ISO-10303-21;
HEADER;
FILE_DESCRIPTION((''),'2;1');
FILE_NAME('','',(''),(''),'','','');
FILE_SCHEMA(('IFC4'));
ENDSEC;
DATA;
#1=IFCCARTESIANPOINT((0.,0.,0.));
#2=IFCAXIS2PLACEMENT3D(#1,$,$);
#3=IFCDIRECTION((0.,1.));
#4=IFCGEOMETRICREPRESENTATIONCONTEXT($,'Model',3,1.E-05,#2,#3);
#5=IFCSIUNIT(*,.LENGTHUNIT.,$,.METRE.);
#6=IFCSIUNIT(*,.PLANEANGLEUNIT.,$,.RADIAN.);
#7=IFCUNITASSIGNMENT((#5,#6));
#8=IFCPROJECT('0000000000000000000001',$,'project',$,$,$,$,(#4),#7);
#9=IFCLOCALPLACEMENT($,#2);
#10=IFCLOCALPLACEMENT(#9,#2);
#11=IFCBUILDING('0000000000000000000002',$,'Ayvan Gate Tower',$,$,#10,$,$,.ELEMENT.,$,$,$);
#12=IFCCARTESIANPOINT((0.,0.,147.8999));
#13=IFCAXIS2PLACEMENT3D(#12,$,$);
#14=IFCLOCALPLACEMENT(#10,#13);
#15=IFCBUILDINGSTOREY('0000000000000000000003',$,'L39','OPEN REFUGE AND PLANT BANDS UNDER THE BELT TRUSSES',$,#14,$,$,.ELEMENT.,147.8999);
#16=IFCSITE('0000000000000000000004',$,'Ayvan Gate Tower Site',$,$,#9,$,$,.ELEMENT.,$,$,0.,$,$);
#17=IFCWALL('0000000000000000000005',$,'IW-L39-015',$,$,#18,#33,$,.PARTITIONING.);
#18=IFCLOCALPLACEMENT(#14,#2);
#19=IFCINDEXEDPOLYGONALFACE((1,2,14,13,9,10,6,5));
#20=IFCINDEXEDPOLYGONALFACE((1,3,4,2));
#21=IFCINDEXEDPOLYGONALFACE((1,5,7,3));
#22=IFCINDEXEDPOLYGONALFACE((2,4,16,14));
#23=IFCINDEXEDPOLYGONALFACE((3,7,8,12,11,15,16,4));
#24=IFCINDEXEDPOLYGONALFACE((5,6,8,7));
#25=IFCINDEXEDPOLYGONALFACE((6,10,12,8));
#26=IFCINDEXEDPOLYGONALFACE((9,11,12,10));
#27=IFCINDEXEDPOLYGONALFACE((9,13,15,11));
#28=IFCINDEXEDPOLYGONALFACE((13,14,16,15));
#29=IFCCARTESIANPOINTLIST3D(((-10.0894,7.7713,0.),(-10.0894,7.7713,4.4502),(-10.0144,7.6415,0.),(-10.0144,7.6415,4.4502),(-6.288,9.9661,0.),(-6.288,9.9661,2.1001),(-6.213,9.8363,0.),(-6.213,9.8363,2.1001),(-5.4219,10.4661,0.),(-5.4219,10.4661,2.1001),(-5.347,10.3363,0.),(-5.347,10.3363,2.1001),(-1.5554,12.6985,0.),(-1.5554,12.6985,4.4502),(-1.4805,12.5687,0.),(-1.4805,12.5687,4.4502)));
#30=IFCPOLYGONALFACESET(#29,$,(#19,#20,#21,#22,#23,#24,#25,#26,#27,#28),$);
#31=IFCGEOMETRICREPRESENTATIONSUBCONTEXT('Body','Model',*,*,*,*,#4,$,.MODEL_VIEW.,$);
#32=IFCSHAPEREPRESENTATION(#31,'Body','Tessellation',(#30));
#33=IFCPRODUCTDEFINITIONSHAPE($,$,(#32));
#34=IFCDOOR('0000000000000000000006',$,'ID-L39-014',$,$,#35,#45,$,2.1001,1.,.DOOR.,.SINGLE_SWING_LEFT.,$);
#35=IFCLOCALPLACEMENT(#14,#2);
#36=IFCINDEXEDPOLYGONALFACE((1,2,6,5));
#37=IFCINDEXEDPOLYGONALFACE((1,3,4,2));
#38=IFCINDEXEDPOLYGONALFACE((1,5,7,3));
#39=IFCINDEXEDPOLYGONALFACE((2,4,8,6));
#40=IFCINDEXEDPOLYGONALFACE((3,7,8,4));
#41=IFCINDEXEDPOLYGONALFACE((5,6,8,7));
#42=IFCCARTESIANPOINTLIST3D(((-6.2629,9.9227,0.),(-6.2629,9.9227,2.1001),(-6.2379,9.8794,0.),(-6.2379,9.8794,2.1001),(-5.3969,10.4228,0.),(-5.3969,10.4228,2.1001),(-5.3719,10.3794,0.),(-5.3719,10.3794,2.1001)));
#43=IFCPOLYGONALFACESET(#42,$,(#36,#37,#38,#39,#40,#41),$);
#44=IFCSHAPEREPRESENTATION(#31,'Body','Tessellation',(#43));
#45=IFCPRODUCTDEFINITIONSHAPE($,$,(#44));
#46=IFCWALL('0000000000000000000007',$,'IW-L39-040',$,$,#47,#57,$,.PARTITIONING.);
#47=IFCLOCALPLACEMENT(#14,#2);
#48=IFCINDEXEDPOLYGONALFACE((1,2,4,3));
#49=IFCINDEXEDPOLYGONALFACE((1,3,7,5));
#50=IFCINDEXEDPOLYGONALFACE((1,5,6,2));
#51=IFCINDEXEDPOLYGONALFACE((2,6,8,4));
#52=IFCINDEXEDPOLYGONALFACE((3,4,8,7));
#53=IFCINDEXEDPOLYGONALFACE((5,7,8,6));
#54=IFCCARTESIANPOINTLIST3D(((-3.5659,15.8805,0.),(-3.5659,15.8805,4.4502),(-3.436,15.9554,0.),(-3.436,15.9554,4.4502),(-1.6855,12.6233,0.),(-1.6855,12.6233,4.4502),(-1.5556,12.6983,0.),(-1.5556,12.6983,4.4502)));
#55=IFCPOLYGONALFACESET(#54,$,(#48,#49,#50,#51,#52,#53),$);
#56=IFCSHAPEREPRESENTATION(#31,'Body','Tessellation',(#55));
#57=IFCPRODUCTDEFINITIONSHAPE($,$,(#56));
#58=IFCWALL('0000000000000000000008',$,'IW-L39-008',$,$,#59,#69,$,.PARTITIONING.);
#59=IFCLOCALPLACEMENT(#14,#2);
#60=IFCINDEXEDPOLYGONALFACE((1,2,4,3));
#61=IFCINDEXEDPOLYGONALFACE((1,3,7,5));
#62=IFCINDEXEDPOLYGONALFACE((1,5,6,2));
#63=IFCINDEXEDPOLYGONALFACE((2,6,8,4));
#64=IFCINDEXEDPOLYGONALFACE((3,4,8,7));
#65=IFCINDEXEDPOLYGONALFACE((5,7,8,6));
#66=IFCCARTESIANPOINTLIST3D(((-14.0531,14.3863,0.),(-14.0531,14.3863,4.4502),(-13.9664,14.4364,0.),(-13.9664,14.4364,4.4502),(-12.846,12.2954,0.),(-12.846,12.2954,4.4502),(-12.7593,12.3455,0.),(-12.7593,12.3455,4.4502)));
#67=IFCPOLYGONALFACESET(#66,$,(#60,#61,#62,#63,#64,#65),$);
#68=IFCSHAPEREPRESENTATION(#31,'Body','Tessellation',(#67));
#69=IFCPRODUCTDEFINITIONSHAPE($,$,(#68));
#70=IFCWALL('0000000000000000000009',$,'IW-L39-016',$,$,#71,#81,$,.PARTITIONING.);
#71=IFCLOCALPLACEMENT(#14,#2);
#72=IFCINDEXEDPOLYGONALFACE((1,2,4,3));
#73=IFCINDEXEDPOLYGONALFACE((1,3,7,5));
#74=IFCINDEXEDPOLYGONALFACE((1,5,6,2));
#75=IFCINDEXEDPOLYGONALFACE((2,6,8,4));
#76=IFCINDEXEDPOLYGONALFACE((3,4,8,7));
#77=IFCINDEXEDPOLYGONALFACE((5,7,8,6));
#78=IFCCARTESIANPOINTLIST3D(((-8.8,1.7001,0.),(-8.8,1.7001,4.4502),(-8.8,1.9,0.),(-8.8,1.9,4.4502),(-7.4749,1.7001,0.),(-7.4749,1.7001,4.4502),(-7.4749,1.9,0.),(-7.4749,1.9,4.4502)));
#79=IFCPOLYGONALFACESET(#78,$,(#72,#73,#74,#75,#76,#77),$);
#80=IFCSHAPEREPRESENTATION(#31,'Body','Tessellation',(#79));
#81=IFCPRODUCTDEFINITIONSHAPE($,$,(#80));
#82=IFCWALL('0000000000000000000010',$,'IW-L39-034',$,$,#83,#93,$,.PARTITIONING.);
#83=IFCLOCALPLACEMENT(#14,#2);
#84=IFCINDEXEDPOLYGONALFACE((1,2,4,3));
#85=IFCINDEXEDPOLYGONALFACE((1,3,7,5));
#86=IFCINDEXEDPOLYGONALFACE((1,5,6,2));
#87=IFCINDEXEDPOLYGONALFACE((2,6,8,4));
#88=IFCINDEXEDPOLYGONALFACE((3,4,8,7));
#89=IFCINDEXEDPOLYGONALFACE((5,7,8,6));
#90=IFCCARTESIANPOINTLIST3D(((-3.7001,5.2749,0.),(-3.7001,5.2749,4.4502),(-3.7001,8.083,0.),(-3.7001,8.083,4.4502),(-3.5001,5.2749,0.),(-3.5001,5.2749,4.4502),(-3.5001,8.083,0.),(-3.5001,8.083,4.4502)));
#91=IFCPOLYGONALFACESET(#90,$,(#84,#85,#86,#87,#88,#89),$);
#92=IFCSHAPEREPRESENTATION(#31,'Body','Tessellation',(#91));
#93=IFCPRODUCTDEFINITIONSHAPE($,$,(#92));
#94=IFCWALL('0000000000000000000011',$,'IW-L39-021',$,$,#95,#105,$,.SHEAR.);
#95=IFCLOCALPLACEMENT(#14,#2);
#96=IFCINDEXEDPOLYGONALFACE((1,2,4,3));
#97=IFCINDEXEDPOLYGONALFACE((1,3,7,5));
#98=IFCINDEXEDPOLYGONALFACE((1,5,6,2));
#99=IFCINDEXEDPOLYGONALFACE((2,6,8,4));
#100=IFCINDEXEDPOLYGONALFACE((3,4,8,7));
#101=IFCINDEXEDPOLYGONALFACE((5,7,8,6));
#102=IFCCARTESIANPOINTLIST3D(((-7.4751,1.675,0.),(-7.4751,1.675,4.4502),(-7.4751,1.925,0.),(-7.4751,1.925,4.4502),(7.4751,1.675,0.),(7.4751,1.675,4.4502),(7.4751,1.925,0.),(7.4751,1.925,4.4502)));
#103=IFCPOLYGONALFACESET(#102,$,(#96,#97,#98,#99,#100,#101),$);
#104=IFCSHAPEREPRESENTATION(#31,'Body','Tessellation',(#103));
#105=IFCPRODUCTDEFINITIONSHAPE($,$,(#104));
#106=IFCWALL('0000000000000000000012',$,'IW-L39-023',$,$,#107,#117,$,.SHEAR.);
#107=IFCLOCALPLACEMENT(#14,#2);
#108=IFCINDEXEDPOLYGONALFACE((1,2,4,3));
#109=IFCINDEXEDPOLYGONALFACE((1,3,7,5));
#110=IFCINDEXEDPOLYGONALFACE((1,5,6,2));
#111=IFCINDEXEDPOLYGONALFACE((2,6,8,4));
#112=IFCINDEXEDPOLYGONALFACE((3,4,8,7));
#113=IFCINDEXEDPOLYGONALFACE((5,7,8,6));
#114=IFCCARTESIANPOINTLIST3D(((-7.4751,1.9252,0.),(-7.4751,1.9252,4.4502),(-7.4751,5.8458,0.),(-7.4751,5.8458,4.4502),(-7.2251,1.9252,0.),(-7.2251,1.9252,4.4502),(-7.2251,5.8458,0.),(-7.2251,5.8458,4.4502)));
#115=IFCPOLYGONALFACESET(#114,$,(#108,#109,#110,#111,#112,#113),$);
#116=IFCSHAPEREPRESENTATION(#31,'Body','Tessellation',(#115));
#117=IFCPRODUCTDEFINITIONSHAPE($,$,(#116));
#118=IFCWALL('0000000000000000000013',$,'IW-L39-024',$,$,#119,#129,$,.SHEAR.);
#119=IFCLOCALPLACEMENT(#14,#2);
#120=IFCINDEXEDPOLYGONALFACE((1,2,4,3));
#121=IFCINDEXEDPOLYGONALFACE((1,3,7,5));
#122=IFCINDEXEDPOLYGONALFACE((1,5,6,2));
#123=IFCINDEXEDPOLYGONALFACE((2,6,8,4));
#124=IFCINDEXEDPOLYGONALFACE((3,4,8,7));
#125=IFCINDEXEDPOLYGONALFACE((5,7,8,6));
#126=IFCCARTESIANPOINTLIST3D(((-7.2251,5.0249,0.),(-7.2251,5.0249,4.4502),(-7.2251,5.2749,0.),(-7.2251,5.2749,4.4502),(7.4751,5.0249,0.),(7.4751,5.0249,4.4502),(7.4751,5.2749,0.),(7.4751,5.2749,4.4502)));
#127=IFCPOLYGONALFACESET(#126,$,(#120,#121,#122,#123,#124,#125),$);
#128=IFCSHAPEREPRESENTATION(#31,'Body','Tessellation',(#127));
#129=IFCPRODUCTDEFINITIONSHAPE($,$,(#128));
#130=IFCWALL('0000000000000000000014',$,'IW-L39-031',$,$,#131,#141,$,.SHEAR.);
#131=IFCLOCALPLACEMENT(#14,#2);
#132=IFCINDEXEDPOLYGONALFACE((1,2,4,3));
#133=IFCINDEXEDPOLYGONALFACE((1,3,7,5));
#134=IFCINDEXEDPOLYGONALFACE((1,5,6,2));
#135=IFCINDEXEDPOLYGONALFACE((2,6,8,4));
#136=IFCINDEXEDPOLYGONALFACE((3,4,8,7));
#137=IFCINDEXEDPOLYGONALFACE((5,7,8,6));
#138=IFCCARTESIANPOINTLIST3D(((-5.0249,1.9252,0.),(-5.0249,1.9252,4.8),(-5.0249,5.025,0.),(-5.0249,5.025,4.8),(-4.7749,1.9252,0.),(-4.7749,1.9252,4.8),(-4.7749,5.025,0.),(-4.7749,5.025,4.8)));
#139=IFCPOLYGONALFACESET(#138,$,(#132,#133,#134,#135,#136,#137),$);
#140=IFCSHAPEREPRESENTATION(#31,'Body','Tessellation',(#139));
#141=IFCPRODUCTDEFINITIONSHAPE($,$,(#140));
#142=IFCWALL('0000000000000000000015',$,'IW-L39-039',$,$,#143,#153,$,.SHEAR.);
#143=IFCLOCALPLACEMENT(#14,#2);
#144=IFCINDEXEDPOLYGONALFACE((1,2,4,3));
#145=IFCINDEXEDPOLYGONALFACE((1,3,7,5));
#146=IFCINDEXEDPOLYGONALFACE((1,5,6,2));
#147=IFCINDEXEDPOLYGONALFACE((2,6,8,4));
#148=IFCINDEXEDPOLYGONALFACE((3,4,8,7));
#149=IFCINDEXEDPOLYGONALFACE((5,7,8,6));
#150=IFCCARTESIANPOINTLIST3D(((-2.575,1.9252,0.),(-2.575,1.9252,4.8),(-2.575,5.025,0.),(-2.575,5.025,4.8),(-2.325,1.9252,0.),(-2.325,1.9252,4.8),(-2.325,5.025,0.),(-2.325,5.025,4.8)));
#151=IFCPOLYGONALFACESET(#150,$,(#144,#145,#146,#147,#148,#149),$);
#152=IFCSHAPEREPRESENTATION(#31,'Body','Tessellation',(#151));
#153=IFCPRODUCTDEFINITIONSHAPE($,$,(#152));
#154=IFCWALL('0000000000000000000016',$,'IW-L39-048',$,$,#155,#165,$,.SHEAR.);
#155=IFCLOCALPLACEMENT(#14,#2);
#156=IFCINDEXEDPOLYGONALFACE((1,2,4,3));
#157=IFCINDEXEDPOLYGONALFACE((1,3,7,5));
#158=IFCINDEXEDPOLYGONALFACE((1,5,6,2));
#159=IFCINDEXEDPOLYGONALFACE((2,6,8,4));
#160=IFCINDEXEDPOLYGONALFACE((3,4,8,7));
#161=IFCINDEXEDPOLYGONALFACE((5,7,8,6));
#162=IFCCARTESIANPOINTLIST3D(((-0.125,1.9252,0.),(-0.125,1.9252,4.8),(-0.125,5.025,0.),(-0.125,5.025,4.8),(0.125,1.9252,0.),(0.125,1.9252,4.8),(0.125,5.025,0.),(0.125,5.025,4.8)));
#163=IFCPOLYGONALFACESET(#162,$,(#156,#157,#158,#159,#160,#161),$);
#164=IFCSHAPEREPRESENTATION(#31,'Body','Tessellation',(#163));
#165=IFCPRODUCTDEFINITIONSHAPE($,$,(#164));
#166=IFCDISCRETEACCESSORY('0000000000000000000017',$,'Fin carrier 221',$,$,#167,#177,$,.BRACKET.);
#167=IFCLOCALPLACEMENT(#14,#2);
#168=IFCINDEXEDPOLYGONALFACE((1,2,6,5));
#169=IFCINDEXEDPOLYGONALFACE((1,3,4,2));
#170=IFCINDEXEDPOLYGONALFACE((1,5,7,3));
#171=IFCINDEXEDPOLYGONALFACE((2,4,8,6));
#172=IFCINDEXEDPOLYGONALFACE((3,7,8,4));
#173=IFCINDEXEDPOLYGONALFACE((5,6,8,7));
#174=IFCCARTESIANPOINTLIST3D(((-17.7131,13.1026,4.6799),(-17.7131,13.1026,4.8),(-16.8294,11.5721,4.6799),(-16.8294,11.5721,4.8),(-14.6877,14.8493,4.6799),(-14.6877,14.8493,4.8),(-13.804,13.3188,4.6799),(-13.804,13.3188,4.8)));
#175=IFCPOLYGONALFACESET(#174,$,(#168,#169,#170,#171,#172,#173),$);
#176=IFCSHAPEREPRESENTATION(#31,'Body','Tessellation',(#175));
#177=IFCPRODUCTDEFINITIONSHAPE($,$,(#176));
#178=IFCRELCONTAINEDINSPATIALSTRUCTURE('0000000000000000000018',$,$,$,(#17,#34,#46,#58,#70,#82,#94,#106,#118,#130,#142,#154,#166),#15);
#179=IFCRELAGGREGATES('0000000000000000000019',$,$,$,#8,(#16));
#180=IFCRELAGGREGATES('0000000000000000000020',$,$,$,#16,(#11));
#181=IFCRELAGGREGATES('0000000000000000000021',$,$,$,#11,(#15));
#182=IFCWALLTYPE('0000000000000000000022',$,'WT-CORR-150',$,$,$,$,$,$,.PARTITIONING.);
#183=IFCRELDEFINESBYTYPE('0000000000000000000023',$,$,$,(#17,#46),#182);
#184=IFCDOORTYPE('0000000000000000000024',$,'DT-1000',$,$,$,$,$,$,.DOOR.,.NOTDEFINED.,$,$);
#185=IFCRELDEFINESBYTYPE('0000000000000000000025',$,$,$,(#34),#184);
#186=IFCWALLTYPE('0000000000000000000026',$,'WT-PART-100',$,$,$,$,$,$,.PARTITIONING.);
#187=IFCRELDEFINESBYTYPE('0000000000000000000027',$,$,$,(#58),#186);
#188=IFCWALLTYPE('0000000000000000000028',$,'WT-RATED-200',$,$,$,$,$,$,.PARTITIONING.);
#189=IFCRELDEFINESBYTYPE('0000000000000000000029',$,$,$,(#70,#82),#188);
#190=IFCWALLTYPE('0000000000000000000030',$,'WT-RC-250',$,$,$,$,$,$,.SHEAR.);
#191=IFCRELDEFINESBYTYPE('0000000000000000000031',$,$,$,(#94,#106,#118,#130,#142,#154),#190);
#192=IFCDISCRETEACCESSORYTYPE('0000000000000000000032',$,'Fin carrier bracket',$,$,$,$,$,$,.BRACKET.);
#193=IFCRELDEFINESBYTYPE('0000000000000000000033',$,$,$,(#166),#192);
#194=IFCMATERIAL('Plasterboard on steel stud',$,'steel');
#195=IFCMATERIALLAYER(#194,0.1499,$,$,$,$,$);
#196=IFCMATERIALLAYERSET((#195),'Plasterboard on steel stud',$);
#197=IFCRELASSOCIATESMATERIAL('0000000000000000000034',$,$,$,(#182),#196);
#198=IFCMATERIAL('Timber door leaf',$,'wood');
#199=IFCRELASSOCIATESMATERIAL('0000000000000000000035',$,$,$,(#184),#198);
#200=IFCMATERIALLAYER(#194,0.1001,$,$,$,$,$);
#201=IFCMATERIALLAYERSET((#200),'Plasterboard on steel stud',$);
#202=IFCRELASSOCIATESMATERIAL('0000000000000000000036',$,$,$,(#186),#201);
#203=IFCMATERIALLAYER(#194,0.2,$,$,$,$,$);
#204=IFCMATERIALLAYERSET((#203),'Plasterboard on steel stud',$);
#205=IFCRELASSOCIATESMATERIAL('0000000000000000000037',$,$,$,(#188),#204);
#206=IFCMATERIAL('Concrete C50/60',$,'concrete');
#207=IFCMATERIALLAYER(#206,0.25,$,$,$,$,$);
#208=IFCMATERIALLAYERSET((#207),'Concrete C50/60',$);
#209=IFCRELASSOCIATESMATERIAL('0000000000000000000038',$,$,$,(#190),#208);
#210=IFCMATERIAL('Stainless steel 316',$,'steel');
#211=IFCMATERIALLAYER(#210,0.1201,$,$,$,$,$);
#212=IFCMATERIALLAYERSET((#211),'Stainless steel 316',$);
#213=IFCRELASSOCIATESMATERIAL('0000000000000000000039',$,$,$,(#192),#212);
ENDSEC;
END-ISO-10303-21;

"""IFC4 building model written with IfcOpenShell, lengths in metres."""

from ifc_helpers import new_model, si_unit, direction, frame, frame_2d, origin, origin_2d, place, context, subcontext, project, spatial, rectangle, extrude, material, layer, layer_set, type_object, element, fill, save


model = new_model("IFC4")

# Units and contexts
model_context = context("Model", 3, precision=1e-05, world=origin(), true_north=direction((0.0, 1.0)))
body_context = subcontext(model_context, "Body", "Model", "MODEL_VIEW")
ifc_project = project(units=[si_unit("LENGTHUNIT", "METRE"), si_unit("PLANEANGLEUNIT", "RADIAN")], contexts=[model_context])

# Site, building, storey
site_placement = place(None, origin())
site = spatial("IfcSite", under=ifc_project, at=site_placement, Name="Ayvan Gate Tower Site", CompositionType="ELEMENT", RefElevation=0.0)
building_placement = place(site_placement, origin())
building = spatial("IfcBuilding", under=site, at=building_placement, Name="Ayvan Gate Tower", CompositionType="ELEMENT")
storey_placement = place(building_placement, frame((0.0, 0.0, 147.8999)))
storey = spatial("IfcBuildingStorey", under=building, at=storey_placement, Name="L39", Description="OPEN REFUGE AND PLANT BANDS UNDER THE BELT TRUSSES", CompositionType="ELEMENT", Elevation=147.8999)

# Shared definitions
ifc_material_1 = material(Name="Timber door leaf", Category="wood")
ifc_material_2 = material(Name="Plasterboard on steel stud", Category="steel")
ifc_layer_1 = layer(ifc_material_2, 0.1499)
ifc_layer_set_1 = layer_set([ifc_layer_1], Name="Plasterboard on steel stud")
wall_type_1 = type_object("IfcWallType", Name="WT-CORR-150", PredefinedType="PARTITIONING", material=ifc_layer_set_1)
door_type_1 = type_object("IfcDoorType", Name="DT-1000", OperationType="NOTDEFINED", PredefinedType="DOOR", material=ifc_material_1)

# Wall, opening, door
wall_1_placement = place(storey_placement, frame((-10.052, 7.7063, 0.0), z_axis=(0.0, 0.0, 1.0), x_axis=(0.866018, 0.500013, 0.0)))
wall_1 = element("IfcWall", 1, at=wall_1_placement, inside=storey, type_object=wall_type_1, Name="IW-L39-015", PredefinedType="PARTITIONING", context=body_context, shape_type="SweptSolid", body=[
    extrude(rectangle(XDim=9.8542, YDim=0.1499, at=frame_2d((4.9272, 0.0))), origin(), (0.0, 0.0, 1.0), 4.4502),
])
opening_1_placement = place(wall_1_placement, frame((4.3896, 0.0, 0.0)))
opening_1 = element("IfcOpeningElement", 2, at=opening_1_placement, cuts=wall_1, PredefinedType="OPENING", context=body_context, shape_type="SweptSolid", body=[
    extrude(rectangle(XDim=1.0, YDim=2.1001, at=frame_2d((0.5, 1.05))), frame((0.0, 0.085, 0.0), z_axis=(0.0, -1.0, 0.0), x_axis=(1.0, 0.0, 0.0)), (0.0, 0.0, 1.0), 0.1699),
])
door_1_placement = place(opening_1_placement, origin())
door_1 = element("IfcDoor", 3, at=door_1_placement, inside=storey, type_object=door_type_1, Name="ID-L39-014", OperationType="SINGLE_SWING_LEFT", OverallHeight=2.1001, OverallWidth=1.0, PredefinedType="DOOR", context=body_context, shape_type="SweptSolid", body=[
    extrude(rectangle(XDim=1.0, YDim=2.1001, at=frame_2d((0.5, 1.05))), frame((0.0, 0.0249, 0.0), z_axis=(0.0, -1.0, 0.0), x_axis=(1.0, 0.0, 0.0)), (0.0, 0.0, 1.0), 0.05),
])
fill(opening_1, door_1)

# Walls
wall_2_placement = place(storey_placement, frame((-1.6206, 12.6609, 0.0), z_axis=(0.0, 0.0, 1.0), x_axis=(-0.499979, 0.866037, 0.0)))
element("IfcWall", 4, at=wall_2_placement, inside=storey, type_object=wall_type_1, Name="IW-L39-040", PredefinedType="PARTITIONING", context=body_context, shape_type="SweptSolid", body=[
    extrude(rectangle(XDim=3.761, YDim=0.1499, at=frame_2d((1.8804, 0.0))), origin(), (0.0, 0.0, 1.0), 4.4502),
])
ifc_layer_2 = layer(ifc_material_2, 0.1001)
ifc_layer_set_2 = layer_set([ifc_layer_2], Name="Plasterboard on steel stud")
wall_type_2 = type_object("IfcWallType", Name="WT-PART-100", PredefinedType="PARTITIONING", material=ifc_layer_set_2)
wall_3_placement = place(storey_placement, frame((-12.8027, 12.3206, 0.0), z_axis=(0.0, 0.0, 1.0), x_axis=(-0.499968, 0.866044, 0.0)))
element("IfcWall", 5, at=wall_3_placement, inside=storey, type_object=wall_type_2, Name="IW-L39-008", PredefinedType="PARTITIONING", context=body_context, shape_type="SweptSolid", body=[
    extrude(rectangle(XDim=2.4143, YDim=0.1001, at=frame_2d((1.207, 0.0))), origin(), (0.0, 0.0, 1.0), 4.4502),
])
ifc_layer_3 = layer(ifc_material_2, 0.2)
ifc_layer_set_3 = layer_set([ifc_layer_3], Name="Plasterboard on steel stud")
wall_type_3 = type_object("IfcWallType", Name="WT-RATED-200", PredefinedType="PARTITIONING", material=ifc_layer_set_3)
wall_4_placement = place(storey_placement, frame((-8.8, 1.8, 0.0), z_axis=(0.0, 0.0, 1.0), x_axis=(1.0, 0.0, 0.0)))
element("IfcWall", 6, at=wall_4_placement, inside=storey, type_object=wall_type_3, Name="IW-L39-016", PredefinedType="PARTITIONING", context=body_context, shape_type="SweptSolid", body=[
    extrude(rectangle(XDim=1.3252, YDim=0.2, at=frame_2d((0.6626, 0.0))), origin(), (0.0, 0.0, 1.0), 4.4502),
])
wall_5_placement = place(storey_placement, frame((-3.6001, 8.083, 0.0), z_axis=(0.0, 0.0, 1.0), x_axis=(0.0, -1.0, 0.0)))
element("IfcWall", 7, at=wall_5_placement, inside=storey, type_object=wall_type_3, Name="IW-L39-034", PredefinedType="PARTITIONING", context=body_context, shape_type="SweptSolid", body=[
    extrude(rectangle(XDim=2.8081, YDim=0.2, at=frame_2d((1.4041, 0.0))), origin(), (0.0, 0.0, 1.0), 4.4502),
])
ifc_material_3 = material(Name="Concrete C50/60", Category="concrete")
ifc_layer_4 = layer(ifc_material_3, 0.25)
ifc_layer_set_4 = layer_set([ifc_layer_4], Name="Concrete C50/60")
wall_type_4 = type_object("IfcWallType", Name="WT-RC-250", PredefinedType="SHEAR", material=ifc_layer_set_4)
wall_6_placement = place(storey_placement, frame((-7.4751, 1.8, 0.0), z_axis=(0.0, 0.0, 1.0), x_axis=(1.0, 0.0, 0.0)))
element("IfcWall", 8, at=wall_6_placement, inside=storey, type_object=wall_type_4, Name="IW-L39-021", PredefinedType="SHEAR", context=body_context, shape_type="SweptSolid", body=[
    extrude(rectangle(XDim=14.9502, YDim=0.25, at=frame_2d((7.4751, 0.0))), origin(), (0.0, 0.0, 1.0), 4.4502),
])
wall_7_placement = place(storey_placement, frame((-7.3501, 1.925, 0.0), z_axis=(0.0, 0.0, 1.0), x_axis=(0.0, 1.0, 0.0)))
element("IfcWall", 9, at=wall_7_placement, inside=storey, type_object=wall_type_4, Name="IW-L39-023", PredefinedType="SHEAR", context=body_context, shape_type="SweptSolid", body=[
    extrude(rectangle(XDim=3.9207, YDim=0.25, at=frame_2d((1.9604, 0.0))), origin(), (0.0, 0.0, 1.0), 4.4502),
])
wall_8_placement = place(storey_placement, frame((-7.2251, 5.1499, 0.0), z_axis=(0.0, 0.0, 1.0), x_axis=(1.0, 0.0, 0.0)))
element("IfcWall", 10, at=wall_8_placement, inside=storey, type_object=wall_type_4, Name="IW-L39-024", PredefinedType="SHEAR", context=body_context, shape_type="SweptSolid", body=[
    extrude(rectangle(XDim=14.7002, YDim=0.25, at=frame_2d((7.3501, 0.0))), origin(), (0.0, 0.0, 1.0), 4.4502),
])
for number, where, z_axis, x_axis, name in (
    (11, (-4.8999, 5.0249, 0.0), (0.0, 0.0, 1.0), (0.0, -1.0, 0.0), "IW-L39-031"),
    (12, (-2.45, 5.0249, 0.0), (0.0, 0.0, 1.0), (0.0, -1.0, 0.0), "IW-L39-039"),
    (13, (0.0, 5.0249, 0.0), (0.0, 0.0, 1.0), (0.0, -1.0, 0.0), "IW-L39-048"),
):
    element("IfcWall", number, at=place(storey_placement, frame(where, z_axis=z_axis, x_axis=x_axis)), inside=storey, type_object=wall_type_4, Name=name, PredefinedType="SHEAR", context=body_context, shape_type="SweptSolid", body=[
        extrude(rectangle(XDim=3.0999, YDim=0.25, at=frame_2d((1.5498, 0.0))), origin(), (0.0, 0.0, 1.0), 4.8),
    ])

# Discrete accessory
ifc_material_4 = material(Name="Stainless steel 316", Category="steel")
ifc_layer_5 = layer(ifc_material_4, 0.1201)
ifc_layer_set_5 = layer_set([ifc_layer_5], Name="Stainless steel 316")
discrete_accessory_type = type_object("IfcDiscreteAccessoryType", Name="Fin carrier bracket", PredefinedType="BRACKET", material=ifc_layer_set_5)
discrete_accessory_placement = place(storey_placement, frame((-15.7585, 13.2107, 4.6799), z_axis=(0.0, 0.0, 1.0), x_axis=(-0.866025, -0.5, 0.0)))
element("IfcDiscreteAccessory", 14, at=discrete_accessory_placement, inside=storey, type_object=discrete_accessory_type, Name="Fin carrier 221", PredefinedType="BRACKET", context=body_context, shape_type="SweptSolid", body=[
    extrude(rectangle(XDim=3.4934, YDim=1.7673, at=origin_2d()), origin(), (0.0, 0.0, 1.0), 0.1201),
])

save(model, "model.ifc")
